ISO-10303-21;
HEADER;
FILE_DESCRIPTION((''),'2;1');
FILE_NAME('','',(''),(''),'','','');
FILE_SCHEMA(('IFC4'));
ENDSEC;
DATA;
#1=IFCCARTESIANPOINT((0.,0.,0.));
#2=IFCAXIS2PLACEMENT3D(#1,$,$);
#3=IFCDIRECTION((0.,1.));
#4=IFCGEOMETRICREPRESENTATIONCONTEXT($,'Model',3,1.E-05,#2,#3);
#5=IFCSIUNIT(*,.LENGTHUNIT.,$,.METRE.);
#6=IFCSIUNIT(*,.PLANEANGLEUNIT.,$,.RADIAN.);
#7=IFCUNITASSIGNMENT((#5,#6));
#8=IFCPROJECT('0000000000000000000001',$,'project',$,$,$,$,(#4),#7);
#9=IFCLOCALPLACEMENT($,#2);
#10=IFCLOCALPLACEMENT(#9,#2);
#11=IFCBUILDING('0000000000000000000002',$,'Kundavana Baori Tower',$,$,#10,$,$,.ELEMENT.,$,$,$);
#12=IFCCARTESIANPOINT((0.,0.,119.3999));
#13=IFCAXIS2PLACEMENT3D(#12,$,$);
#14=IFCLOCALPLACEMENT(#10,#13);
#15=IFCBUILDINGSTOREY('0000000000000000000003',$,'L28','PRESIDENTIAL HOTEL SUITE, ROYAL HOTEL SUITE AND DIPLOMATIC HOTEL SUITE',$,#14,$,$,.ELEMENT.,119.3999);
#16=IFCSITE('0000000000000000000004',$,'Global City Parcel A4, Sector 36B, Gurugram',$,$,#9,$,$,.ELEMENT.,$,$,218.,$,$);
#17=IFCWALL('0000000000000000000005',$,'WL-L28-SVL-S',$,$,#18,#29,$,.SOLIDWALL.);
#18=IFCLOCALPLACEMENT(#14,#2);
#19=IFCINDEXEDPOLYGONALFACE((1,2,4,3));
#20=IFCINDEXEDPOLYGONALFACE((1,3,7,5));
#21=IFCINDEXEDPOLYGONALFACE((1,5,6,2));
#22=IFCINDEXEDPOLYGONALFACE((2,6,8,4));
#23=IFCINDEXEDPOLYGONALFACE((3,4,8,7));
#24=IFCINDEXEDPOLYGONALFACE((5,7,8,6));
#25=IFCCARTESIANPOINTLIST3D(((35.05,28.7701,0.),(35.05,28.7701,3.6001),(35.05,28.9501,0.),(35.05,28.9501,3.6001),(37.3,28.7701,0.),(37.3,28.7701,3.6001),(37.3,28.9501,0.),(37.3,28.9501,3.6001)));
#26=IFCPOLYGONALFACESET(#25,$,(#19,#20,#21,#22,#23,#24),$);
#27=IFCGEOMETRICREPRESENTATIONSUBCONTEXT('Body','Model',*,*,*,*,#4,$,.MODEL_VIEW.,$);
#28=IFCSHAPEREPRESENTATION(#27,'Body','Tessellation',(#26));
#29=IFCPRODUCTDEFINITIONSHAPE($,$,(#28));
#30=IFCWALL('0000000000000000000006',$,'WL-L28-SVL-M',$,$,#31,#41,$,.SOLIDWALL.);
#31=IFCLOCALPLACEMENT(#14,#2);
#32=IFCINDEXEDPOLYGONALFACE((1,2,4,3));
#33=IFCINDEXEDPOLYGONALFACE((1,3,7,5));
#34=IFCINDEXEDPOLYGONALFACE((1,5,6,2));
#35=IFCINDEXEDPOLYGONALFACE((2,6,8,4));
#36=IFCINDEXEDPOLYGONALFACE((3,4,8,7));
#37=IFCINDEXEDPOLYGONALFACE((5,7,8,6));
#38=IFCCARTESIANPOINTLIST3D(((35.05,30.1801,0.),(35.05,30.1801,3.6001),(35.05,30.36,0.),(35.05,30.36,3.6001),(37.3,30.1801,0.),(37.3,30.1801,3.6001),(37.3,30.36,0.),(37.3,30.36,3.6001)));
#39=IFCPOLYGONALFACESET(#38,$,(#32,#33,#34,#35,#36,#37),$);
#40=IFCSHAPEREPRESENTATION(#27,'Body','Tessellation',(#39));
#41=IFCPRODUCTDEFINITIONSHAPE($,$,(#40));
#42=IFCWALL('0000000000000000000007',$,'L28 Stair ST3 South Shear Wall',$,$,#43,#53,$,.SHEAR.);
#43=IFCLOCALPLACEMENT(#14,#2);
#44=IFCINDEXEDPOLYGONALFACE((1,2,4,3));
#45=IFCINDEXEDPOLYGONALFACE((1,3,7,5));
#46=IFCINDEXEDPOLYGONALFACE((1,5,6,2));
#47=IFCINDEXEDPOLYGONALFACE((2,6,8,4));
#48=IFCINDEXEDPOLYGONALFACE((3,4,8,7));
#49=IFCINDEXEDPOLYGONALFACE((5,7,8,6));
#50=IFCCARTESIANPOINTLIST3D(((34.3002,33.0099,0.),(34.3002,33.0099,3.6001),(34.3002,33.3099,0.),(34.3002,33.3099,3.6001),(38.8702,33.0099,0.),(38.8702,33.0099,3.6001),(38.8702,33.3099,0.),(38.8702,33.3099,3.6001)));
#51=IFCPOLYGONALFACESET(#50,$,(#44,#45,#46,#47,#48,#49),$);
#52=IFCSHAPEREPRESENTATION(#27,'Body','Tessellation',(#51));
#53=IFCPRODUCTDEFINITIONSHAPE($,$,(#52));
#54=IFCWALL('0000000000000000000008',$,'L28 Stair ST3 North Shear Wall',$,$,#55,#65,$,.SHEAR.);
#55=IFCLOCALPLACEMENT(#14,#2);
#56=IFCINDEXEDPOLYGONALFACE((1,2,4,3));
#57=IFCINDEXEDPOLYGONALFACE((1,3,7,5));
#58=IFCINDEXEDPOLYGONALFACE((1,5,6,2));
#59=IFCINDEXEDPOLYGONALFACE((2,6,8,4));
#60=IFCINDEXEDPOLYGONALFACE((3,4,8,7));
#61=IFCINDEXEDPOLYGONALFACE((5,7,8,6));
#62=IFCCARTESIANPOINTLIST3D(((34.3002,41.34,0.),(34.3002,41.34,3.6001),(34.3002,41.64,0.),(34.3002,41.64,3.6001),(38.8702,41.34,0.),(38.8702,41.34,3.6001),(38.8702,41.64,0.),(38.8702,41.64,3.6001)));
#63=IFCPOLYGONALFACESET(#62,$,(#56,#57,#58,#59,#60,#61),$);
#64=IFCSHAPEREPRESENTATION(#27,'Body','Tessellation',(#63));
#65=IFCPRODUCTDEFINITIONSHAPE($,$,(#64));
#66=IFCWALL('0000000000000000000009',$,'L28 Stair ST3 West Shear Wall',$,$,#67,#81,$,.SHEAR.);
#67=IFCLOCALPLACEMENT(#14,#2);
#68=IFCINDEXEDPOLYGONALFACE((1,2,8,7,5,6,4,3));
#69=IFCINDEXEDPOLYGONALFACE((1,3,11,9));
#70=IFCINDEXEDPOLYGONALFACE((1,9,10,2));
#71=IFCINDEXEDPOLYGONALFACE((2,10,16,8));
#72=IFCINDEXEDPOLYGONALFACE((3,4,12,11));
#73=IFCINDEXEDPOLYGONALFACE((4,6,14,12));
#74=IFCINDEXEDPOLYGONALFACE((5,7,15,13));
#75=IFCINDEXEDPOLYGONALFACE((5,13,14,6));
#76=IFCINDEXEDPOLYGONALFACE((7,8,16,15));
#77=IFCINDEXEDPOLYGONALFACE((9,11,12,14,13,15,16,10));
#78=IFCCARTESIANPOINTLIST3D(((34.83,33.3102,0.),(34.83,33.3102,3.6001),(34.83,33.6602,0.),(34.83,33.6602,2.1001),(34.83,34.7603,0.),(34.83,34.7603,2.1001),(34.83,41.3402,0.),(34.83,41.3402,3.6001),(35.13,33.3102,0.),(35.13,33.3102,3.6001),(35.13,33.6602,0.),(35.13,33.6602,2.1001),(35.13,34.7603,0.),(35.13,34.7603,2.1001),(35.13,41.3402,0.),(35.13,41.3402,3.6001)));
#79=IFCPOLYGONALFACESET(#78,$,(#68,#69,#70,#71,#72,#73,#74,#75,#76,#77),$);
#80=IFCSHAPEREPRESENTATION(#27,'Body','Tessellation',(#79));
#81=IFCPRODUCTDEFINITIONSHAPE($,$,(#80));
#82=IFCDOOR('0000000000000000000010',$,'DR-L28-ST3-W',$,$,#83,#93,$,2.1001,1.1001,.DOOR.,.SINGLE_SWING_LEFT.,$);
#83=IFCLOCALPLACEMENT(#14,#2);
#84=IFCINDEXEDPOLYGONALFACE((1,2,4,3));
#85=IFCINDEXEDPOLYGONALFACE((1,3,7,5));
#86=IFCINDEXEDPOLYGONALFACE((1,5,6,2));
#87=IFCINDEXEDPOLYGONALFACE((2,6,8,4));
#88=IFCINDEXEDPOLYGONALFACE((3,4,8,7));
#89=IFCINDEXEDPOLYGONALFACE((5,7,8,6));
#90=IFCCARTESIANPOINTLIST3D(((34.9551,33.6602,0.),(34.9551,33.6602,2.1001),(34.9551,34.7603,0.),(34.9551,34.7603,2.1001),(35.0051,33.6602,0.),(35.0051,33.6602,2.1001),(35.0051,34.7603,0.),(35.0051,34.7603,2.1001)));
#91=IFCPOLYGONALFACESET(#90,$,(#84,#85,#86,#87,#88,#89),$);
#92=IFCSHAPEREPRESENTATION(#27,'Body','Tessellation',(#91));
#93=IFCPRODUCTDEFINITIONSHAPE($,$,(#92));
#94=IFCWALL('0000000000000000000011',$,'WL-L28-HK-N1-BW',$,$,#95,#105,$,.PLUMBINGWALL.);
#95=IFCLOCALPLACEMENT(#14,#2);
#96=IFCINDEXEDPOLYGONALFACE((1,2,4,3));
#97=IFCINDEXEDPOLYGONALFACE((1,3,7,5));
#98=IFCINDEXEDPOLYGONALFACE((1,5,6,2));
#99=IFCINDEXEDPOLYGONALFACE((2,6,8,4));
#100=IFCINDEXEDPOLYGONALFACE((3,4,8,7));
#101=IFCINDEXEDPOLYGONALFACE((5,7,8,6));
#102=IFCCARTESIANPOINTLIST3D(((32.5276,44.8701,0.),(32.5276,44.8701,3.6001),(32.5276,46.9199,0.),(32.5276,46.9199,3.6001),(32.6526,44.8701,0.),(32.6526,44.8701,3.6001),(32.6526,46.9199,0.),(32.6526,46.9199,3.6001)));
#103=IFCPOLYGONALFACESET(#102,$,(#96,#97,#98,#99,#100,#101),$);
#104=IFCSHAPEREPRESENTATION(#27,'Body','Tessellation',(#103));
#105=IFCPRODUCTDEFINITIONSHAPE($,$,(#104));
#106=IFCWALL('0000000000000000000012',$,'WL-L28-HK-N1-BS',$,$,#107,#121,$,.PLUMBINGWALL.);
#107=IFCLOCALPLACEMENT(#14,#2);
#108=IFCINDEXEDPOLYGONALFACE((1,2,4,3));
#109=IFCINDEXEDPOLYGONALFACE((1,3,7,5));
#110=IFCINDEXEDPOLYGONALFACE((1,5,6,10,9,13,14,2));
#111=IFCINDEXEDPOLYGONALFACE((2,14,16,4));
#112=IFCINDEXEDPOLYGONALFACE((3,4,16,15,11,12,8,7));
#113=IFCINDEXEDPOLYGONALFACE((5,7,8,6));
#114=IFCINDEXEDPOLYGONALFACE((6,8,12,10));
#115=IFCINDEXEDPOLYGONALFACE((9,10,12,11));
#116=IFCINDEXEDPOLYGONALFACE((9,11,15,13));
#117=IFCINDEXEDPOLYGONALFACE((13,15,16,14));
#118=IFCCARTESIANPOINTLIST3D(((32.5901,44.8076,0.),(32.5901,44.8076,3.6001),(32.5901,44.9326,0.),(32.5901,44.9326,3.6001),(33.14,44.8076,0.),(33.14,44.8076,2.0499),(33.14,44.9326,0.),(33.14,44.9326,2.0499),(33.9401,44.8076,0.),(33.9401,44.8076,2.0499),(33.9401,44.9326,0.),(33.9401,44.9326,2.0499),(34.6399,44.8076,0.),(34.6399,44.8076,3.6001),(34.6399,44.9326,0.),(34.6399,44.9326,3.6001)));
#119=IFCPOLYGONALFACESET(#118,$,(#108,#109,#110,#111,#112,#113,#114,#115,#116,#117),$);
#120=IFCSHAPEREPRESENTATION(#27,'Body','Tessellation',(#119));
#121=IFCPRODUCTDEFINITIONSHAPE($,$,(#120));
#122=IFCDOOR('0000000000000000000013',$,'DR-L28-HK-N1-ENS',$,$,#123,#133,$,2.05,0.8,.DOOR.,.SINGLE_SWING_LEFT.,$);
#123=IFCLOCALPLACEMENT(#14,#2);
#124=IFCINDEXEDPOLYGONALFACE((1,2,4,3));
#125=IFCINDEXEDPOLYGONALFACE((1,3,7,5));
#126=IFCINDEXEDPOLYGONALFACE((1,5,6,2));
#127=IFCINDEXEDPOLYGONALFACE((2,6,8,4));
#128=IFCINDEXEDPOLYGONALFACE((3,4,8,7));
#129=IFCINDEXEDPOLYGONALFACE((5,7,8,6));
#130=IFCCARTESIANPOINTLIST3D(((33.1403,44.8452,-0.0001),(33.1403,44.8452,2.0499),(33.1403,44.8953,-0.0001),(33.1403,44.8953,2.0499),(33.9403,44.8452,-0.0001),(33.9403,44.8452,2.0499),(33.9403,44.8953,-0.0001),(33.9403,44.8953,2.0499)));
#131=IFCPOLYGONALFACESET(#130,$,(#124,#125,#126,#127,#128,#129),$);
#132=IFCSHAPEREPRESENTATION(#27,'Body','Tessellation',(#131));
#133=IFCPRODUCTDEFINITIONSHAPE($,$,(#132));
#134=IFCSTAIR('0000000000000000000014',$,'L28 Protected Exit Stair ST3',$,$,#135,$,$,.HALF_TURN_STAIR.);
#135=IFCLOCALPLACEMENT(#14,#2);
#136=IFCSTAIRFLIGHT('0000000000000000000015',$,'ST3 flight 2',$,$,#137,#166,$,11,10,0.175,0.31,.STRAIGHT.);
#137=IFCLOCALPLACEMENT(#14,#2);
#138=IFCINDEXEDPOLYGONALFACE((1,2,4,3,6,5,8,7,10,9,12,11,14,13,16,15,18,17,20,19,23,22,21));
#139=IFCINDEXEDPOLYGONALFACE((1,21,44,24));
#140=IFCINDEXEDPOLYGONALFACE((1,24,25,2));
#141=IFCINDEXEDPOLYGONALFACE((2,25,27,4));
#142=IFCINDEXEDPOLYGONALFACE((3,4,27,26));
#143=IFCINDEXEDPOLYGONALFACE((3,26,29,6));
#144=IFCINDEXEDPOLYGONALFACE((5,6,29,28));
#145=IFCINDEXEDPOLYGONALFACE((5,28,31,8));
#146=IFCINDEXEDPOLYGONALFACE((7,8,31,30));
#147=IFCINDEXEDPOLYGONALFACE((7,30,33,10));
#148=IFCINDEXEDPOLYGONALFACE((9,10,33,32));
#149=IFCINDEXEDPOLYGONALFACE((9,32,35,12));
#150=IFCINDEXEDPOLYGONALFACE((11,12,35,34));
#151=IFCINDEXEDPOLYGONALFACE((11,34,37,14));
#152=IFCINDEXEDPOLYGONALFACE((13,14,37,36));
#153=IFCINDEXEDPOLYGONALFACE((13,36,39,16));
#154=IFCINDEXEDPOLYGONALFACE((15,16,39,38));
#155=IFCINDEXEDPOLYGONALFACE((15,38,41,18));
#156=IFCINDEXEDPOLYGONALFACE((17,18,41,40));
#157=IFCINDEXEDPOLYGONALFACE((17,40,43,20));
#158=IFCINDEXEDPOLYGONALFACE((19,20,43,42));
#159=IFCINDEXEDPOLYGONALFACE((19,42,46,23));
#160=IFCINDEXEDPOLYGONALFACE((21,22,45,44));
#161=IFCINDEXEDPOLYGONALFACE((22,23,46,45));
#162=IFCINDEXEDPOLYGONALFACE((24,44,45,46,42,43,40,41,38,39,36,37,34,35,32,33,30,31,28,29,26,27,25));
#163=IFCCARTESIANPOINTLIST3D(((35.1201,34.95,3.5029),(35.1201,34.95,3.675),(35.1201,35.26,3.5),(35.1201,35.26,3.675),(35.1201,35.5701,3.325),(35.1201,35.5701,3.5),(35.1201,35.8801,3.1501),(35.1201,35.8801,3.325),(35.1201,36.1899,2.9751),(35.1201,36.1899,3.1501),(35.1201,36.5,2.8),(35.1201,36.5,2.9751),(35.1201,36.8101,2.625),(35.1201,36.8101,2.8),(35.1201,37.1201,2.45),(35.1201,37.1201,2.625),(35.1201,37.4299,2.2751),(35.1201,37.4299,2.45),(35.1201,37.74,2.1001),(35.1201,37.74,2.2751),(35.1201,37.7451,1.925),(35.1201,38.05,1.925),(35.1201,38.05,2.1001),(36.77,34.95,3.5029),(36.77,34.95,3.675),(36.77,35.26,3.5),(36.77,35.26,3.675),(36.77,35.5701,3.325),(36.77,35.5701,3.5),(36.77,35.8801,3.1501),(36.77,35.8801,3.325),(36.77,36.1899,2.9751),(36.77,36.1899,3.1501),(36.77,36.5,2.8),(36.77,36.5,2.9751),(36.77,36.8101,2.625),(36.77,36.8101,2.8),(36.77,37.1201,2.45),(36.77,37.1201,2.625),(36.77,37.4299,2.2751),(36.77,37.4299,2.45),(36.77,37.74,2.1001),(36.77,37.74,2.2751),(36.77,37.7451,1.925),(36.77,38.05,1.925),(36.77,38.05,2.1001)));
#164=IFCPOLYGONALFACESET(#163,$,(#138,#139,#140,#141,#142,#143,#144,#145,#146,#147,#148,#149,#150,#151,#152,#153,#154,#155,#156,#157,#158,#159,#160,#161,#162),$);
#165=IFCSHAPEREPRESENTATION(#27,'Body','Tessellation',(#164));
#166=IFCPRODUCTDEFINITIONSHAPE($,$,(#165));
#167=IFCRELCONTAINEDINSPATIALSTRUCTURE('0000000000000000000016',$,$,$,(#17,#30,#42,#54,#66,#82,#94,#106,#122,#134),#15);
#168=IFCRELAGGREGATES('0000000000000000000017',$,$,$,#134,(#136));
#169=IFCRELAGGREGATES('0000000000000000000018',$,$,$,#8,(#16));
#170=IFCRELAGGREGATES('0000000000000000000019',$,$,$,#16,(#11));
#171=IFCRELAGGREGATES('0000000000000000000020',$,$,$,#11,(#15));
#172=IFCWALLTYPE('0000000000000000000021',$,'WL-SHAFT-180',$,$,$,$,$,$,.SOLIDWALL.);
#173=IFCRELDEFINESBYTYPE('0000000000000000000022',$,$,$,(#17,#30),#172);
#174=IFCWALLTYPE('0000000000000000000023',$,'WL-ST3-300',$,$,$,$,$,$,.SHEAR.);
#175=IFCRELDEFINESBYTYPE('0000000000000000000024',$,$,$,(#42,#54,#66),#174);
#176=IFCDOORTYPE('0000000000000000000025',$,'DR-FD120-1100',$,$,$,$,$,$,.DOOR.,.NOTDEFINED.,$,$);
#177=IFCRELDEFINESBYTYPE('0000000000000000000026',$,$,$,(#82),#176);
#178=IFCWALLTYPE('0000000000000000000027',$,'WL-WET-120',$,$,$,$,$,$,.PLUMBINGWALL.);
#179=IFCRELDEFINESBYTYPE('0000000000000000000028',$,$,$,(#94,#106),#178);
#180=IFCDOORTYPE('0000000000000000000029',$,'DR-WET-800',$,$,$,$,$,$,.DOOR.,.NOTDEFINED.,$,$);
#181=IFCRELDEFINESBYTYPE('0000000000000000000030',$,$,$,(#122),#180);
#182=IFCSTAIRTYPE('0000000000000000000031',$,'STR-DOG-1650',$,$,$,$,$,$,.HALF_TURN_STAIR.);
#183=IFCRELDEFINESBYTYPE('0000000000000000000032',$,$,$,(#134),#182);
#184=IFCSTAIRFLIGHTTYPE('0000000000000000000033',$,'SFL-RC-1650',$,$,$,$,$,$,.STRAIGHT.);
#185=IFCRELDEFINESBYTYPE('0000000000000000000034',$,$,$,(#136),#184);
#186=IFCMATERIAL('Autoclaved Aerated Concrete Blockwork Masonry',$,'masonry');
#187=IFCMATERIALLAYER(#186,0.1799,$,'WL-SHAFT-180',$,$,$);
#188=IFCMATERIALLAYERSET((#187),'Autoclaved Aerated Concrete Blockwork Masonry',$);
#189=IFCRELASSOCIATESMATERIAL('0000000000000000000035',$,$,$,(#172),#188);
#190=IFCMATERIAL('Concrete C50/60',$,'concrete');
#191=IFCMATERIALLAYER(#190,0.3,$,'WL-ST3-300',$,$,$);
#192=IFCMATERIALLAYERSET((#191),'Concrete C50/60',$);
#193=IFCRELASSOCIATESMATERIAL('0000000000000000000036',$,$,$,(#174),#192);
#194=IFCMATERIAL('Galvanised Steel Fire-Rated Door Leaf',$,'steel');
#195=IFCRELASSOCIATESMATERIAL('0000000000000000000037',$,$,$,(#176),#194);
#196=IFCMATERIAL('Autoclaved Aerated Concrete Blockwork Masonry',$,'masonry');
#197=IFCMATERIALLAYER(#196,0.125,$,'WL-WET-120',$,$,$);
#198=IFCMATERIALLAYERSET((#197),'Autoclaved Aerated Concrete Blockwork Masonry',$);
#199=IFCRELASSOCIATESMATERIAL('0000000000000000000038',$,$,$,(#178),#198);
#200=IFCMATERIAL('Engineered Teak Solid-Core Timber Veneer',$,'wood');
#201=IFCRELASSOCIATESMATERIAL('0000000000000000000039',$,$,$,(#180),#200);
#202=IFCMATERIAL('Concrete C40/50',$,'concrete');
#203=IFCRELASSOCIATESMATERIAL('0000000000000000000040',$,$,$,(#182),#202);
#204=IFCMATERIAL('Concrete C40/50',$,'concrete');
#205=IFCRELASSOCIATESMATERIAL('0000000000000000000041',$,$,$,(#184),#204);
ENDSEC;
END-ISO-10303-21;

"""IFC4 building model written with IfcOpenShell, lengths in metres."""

from ifc_helpers import new_model, si_unit, direction, frame, frame_2d, origin, place, context, subcontext, project, spatial, polyline, rectangle, outline, extrude, material, layer, layer_set, type_object, element, fill, aggregate, save


model = new_model("IFC4")

# Units and contexts
model_context = context("Model", 3, precision=1e-05, world=origin(), true_north=direction((0.0, 1.0)))
body_context = subcontext(model_context, "Body", "Model", "MODEL_VIEW")
ifc_project = project(units=[si_unit("LENGTHUNIT", "METRE"), si_unit("PLANEANGLEUNIT", "RADIAN")], contexts=[model_context])

# Site, building, storey
site_placement = place(None, origin())
site = spatial("IfcSite", under=ifc_project, at=site_placement, Name="Global City Parcel A4, Sector 36B, Gurugram", CompositionType="ELEMENT", RefElevation=218.0)
building_placement = place(site_placement, origin())
building = spatial("IfcBuilding", under=site, at=building_placement, Name="Kundavana Baori Tower", CompositionType="ELEMENT")
storey_placement = place(building_placement, frame((0.0, 0.0, 119.3999)))
storey = spatial("IfcBuildingStorey", under=building, at=storey_placement, Name="L28", Description="PRESIDENTIAL HOTEL SUITE, ROYAL HOTEL SUITE AND DIPLOMATIC HOTEL SUITE", CompositionType="ELEMENT", Elevation=119.3999)

# Walls
ifc_material_1 = material(Name="Autoclaved Aerated Concrete Blockwork Masonry", Category="masonry")
ifc_layer_1 = layer(ifc_material_1, 0.1799, Name="WL-SHAFT-180")
ifc_layer_set_1 = layer_set([ifc_layer_1], Name="Autoclaved Aerated Concrete Blockwork Masonry")
wall_type_1 = type_object("IfcWallType", Name="WL-SHAFT-180", PredefinedType="SOLIDWALL", material=ifc_layer_set_1)
for number, where, z_axis, x_axis, name in (
    (1, (35.05, 28.8601, 0.0), (0.0, 0.0, 1.0), (1.0, 0.0, 0.0), "WL-L28-SVL-S"),
    (2, (35.05, 30.27, 0.0), (0.0, 0.0, 1.0), (1.0, 0.0, 0.0), "WL-L28-SVL-M"),
):
    element("IfcWall", number, at=place(storey_placement, frame(where, z_axis=z_axis, x_axis=x_axis)), inside=storey, type_object=wall_type_1, Name=name, PredefinedType="SOLIDWALL", context=body_context, shape_type="SweptSolid", body=[
        extrude(rectangle(XDim=2.25, YDim=0.1799, at=frame_2d((1.125, 0.0))), origin(), (0.0, 0.0, 1.0), 3.6001),
    ])
ifc_material_2 = material(Name="Concrete C50/60", Category="concrete")
ifc_layer_2 = layer(ifc_material_2, 0.3, Name="WL-ST3-300")
ifc_layer_set_2 = layer_set([ifc_layer_2], Name="Concrete C50/60")
wall_type_2 = type_object("IfcWallType", Name="WL-ST3-300", PredefinedType="SHEAR", material=ifc_layer_set_2)
for number, where, z_axis, x_axis, name in (
    (3, (34.3, 33.1599, 0.0), (0.0, 0.0, 1.0), (1.0, 0.0, 0.0), "L28 Stair ST3 South Shear Wall"),
    (4, (34.3, 41.49, 0.0), (0.0, 0.0, 1.0), (1.0, 0.0, 0.0), "L28 Stair ST3 North Shear Wall"),
):
    element("IfcWall", number, at=place(storey_placement, frame(where, z_axis=z_axis, x_axis=x_axis)), inside=storey, type_object=wall_type_2, Name=name, PredefinedType="SHEAR", context=body_context, shape_type="SweptSolid", body=[
        extrude(rectangle(XDim=4.5701, YDim=0.3, at=frame_2d((2.2852, 0.0))), origin(), (0.0, 0.0, 1.0), 3.6001),
    ])

# Wall, opening, door
wall_1_placement = place(storey_placement, frame((34.98, 33.3101, 0.0), z_axis=(0.0, 0.0, 1.0), x_axis=(0.0, 1.0, 0.0)))
wall_1 = element("IfcWall", 5, at=wall_1_placement, inside=storey, type_object=wall_type_2, Name="L28 Stair ST3 West Shear Wall", PredefinedType="SHEAR", context=body_context, shape_type="SweptSolid", body=[
    extrude(rectangle(XDim=8.03, YDim=0.3, at=frame_2d((4.0151, 0.0))), origin(), (0.0, 0.0, 1.0), 3.6001),
])
opening_1_placement = place(wall_1_placement, frame((0.3501, 0.0, 0.0)))
opening_1 = element("IfcOpeningElement", 6, at=opening_1_placement, cuts=wall_1, PredefinedType="OPENING", context=body_context, shape_type="SweptSolid", body=[
    extrude(rectangle(XDim=1.1001, YDim=2.1001, at=frame_2d((0.55, 1.05))), frame((0.0, 0.1602, 0.0), z_axis=(0.0, -1.0, 0.0), x_axis=(1.0, 0.0, 0.0)), (0.0, 0.0, 1.0), 0.3201),
])
ifc_material_3 = material(Name="Galvanised Steel Fire-Rated Door Leaf", Category="steel")
door_type_1 = type_object("IfcDoorType", Name="DR-FD120-1100", OperationType="NOTDEFINED", PredefinedType="DOOR", material=ifc_material_3)
door_1_placement = place(opening_1_placement, origin())
door_1 = element("IfcDoor", 7, at=door_1_placement, inside=storey, type_object=door_type_1, Name="DR-L28-ST3-W", OperationType="SINGLE_SWING_LEFT", OverallHeight=2.1001, OverallWidth=1.1001, PredefinedType="DOOR", context=body_context, shape_type="SweptSolid", body=[
    extrude(rectangle(XDim=1.1001, YDim=2.1001, at=frame_2d((0.55, 1.05))), frame((0.0, 0.0249, 0.0), z_axis=(0.0, -1.0, 0.0), x_axis=(1.0, 0.0, 0.0)), (0.0, 0.0, 1.0), 0.05),
])
fill(opening_1, door_1)

# Wall
ifc_material_4 = material(Name="Autoclaved Aerated Concrete Blockwork Masonry", Category="masonry")
ifc_layer_3 = layer(ifc_material_4, 0.125, Name="WL-WET-120")
ifc_layer_set_3 = layer_set([ifc_layer_3], Name="Autoclaved Aerated Concrete Blockwork Masonry")
wall_type_3 = type_object("IfcWallType", Name="WL-WET-120", PredefinedType="PLUMBINGWALL", material=ifc_layer_set_3)
wall_2_placement = place(storey_placement, frame((32.5901, 44.8701, 0.0), z_axis=(0.0, 0.0, 1.0), x_axis=(0.0, 1.0, 0.0)))
element("IfcWall", 8, at=wall_2_placement, inside=storey, type_object=wall_type_3, Name="WL-L28-HK-N1-BW", PredefinedType="PLUMBINGWALL", context=body_context, shape_type="SweptSolid", body=[
    extrude(rectangle(XDim=2.0498, YDim=0.125, at=frame_2d((1.0249, 0.0))), origin(), (0.0, 0.0, 1.0), 3.6001),
])

# Wall, opening, door
wall_3_placement = place(storey_placement, frame((32.5901, 44.8701, 0.0), z_axis=(0.0, 0.0, 1.0), x_axis=(1.0, 0.0, 0.0)))
wall_3 = element("IfcWall", 9, at=wall_3_placement, inside=storey, type_object=wall_type_3, Name="WL-L28-HK-N1-BS", PredefinedType="PLUMBINGWALL", context=body_context, shape_type="SweptSolid", body=[
    extrude(rectangle(XDim=2.0498, YDim=0.125, at=frame_2d((1.0249, 0.0))), origin(), (0.0, 0.0, 1.0), 3.6001),
])
opening_2_placement = place(wall_3_placement, frame((0.55, 0.0, 0.0)))
opening_2 = element("IfcOpeningElement", 10, at=opening_2_placement, cuts=wall_3, PredefinedType="OPENING", context=body_context, shape_type="SweptSolid", body=[
    extrude(rectangle(XDim=0.8, YDim=2.05, at=frame_2d((0.3999, 1.0249))), frame((0.0, 0.0725, 0.0), z_axis=(0.0, -1.0, 0.0), x_axis=(1.0, 0.0, 0.0)), (0.0, 0.0, 1.0), 0.145),
])
ifc_material_5 = material(Name="Engineered Teak Solid-Core Timber Veneer", Category="wood")
door_type_2 = type_object("IfcDoorType", Name="DR-WET-800", OperationType="NOTDEFINED", PredefinedType="DOOR", material=ifc_material_5)
door_2_placement = place(opening_2_placement, frame((0.8, 0.0, 0.0), z_axis=(0.0, 0.0, 1.0), x_axis=(-1.0, 0.0, 0.0)))
door_2 = element("IfcDoor", 11, at=door_2_placement, inside=storey, type_object=door_type_2, Name="DR-L28-HK-N1-ENS", OperationType="SINGLE_SWING_LEFT", OverallHeight=2.05, OverallWidth=0.8, PredefinedType="DOOR", context=body_context, shape_type="SweptSolid", body=[
    extrude(rectangle(XDim=0.8, YDim=2.05, at=frame_2d((0.3999, 1.0249))), frame((0.0, 0.0249, 0.0), z_axis=(0.0, -1.0, 0.0), x_axis=(1.0, 0.0, 0.0)), (0.0, 0.0, 1.0), 0.05),
])
fill(opening_2, door_2)

# Stair, stair flight
ifc_material_6 = material(Name="Concrete C40/50", Category="concrete")
stair_type = type_object("IfcStairType", Name="STR-DOG-1650", PredefinedType="HALF_TURN_STAIR", material=ifc_material_6)
stair_placement = place(storey_placement, origin())
stair = element("IfcStair", 12, at=stair_placement, inside=storey, type_object=stair_type, Name="L28 Protected Exit Stair ST3", PredefinedType="HALF_TURN_STAIR")
ifc_material_7 = material(Name="Concrete C40/50", Category="concrete")
stair_flight_type = type_object("IfcStairFlightType", Name="SFL-RC-1650", PredefinedType="STRAIGHT", material=ifc_material_7)
stair_flight_placement = place(storey_placement, frame((35.9451, 38.05, 1.925), z_axis=(0.0, 0.0, 1.0), x_axis=(0.0, -1.0, 0.0)))
stair_flight = element("IfcStairFlight", 13, at=stair_flight_placement, type_object=stair_flight_type, Name="ST3 flight 2", NumberOfRisers=11, NumberOfTreads=10, PredefinedType="STRAIGHT", RiserHeight=0.175, TreadLength=0.31, context=body_context, shape_type="SweptSolid", body=[
    extrude(outline(polyline([(0.0, 0.0), (0.0, 0.175), (0.3101, 0.175), (0.3101, 0.3501), (0.6201, 0.3501), (0.6201, 0.5249), (0.9299, 0.5249), (0.9299, 0.7), (1.24, 0.7), (1.24, 0.875), (1.55, 0.875), (1.55, 1.05), (1.8601, 1.05), (1.8601, 1.2251), (2.1699, 1.2251), (2.1699, 1.3999), (2.48, 1.3999), (2.48, 1.575), (2.79, 1.575), (2.79, 1.75), (3.1001, 1.75), (3.1001, 1.925), (3.1001, 1.5779), (0.3049, 0.0), (0.0, 0.0)])), frame((0.0, 0.825, 0.0), z_axis=(0.0, -1.0, 0.0), x_axis=(1.0, 0.0, 0.0)), (0.0, 0.0, 1.0), 1.6499),
])
aggregate(stair, [stair_flight])

save(model, "model.ifc")
